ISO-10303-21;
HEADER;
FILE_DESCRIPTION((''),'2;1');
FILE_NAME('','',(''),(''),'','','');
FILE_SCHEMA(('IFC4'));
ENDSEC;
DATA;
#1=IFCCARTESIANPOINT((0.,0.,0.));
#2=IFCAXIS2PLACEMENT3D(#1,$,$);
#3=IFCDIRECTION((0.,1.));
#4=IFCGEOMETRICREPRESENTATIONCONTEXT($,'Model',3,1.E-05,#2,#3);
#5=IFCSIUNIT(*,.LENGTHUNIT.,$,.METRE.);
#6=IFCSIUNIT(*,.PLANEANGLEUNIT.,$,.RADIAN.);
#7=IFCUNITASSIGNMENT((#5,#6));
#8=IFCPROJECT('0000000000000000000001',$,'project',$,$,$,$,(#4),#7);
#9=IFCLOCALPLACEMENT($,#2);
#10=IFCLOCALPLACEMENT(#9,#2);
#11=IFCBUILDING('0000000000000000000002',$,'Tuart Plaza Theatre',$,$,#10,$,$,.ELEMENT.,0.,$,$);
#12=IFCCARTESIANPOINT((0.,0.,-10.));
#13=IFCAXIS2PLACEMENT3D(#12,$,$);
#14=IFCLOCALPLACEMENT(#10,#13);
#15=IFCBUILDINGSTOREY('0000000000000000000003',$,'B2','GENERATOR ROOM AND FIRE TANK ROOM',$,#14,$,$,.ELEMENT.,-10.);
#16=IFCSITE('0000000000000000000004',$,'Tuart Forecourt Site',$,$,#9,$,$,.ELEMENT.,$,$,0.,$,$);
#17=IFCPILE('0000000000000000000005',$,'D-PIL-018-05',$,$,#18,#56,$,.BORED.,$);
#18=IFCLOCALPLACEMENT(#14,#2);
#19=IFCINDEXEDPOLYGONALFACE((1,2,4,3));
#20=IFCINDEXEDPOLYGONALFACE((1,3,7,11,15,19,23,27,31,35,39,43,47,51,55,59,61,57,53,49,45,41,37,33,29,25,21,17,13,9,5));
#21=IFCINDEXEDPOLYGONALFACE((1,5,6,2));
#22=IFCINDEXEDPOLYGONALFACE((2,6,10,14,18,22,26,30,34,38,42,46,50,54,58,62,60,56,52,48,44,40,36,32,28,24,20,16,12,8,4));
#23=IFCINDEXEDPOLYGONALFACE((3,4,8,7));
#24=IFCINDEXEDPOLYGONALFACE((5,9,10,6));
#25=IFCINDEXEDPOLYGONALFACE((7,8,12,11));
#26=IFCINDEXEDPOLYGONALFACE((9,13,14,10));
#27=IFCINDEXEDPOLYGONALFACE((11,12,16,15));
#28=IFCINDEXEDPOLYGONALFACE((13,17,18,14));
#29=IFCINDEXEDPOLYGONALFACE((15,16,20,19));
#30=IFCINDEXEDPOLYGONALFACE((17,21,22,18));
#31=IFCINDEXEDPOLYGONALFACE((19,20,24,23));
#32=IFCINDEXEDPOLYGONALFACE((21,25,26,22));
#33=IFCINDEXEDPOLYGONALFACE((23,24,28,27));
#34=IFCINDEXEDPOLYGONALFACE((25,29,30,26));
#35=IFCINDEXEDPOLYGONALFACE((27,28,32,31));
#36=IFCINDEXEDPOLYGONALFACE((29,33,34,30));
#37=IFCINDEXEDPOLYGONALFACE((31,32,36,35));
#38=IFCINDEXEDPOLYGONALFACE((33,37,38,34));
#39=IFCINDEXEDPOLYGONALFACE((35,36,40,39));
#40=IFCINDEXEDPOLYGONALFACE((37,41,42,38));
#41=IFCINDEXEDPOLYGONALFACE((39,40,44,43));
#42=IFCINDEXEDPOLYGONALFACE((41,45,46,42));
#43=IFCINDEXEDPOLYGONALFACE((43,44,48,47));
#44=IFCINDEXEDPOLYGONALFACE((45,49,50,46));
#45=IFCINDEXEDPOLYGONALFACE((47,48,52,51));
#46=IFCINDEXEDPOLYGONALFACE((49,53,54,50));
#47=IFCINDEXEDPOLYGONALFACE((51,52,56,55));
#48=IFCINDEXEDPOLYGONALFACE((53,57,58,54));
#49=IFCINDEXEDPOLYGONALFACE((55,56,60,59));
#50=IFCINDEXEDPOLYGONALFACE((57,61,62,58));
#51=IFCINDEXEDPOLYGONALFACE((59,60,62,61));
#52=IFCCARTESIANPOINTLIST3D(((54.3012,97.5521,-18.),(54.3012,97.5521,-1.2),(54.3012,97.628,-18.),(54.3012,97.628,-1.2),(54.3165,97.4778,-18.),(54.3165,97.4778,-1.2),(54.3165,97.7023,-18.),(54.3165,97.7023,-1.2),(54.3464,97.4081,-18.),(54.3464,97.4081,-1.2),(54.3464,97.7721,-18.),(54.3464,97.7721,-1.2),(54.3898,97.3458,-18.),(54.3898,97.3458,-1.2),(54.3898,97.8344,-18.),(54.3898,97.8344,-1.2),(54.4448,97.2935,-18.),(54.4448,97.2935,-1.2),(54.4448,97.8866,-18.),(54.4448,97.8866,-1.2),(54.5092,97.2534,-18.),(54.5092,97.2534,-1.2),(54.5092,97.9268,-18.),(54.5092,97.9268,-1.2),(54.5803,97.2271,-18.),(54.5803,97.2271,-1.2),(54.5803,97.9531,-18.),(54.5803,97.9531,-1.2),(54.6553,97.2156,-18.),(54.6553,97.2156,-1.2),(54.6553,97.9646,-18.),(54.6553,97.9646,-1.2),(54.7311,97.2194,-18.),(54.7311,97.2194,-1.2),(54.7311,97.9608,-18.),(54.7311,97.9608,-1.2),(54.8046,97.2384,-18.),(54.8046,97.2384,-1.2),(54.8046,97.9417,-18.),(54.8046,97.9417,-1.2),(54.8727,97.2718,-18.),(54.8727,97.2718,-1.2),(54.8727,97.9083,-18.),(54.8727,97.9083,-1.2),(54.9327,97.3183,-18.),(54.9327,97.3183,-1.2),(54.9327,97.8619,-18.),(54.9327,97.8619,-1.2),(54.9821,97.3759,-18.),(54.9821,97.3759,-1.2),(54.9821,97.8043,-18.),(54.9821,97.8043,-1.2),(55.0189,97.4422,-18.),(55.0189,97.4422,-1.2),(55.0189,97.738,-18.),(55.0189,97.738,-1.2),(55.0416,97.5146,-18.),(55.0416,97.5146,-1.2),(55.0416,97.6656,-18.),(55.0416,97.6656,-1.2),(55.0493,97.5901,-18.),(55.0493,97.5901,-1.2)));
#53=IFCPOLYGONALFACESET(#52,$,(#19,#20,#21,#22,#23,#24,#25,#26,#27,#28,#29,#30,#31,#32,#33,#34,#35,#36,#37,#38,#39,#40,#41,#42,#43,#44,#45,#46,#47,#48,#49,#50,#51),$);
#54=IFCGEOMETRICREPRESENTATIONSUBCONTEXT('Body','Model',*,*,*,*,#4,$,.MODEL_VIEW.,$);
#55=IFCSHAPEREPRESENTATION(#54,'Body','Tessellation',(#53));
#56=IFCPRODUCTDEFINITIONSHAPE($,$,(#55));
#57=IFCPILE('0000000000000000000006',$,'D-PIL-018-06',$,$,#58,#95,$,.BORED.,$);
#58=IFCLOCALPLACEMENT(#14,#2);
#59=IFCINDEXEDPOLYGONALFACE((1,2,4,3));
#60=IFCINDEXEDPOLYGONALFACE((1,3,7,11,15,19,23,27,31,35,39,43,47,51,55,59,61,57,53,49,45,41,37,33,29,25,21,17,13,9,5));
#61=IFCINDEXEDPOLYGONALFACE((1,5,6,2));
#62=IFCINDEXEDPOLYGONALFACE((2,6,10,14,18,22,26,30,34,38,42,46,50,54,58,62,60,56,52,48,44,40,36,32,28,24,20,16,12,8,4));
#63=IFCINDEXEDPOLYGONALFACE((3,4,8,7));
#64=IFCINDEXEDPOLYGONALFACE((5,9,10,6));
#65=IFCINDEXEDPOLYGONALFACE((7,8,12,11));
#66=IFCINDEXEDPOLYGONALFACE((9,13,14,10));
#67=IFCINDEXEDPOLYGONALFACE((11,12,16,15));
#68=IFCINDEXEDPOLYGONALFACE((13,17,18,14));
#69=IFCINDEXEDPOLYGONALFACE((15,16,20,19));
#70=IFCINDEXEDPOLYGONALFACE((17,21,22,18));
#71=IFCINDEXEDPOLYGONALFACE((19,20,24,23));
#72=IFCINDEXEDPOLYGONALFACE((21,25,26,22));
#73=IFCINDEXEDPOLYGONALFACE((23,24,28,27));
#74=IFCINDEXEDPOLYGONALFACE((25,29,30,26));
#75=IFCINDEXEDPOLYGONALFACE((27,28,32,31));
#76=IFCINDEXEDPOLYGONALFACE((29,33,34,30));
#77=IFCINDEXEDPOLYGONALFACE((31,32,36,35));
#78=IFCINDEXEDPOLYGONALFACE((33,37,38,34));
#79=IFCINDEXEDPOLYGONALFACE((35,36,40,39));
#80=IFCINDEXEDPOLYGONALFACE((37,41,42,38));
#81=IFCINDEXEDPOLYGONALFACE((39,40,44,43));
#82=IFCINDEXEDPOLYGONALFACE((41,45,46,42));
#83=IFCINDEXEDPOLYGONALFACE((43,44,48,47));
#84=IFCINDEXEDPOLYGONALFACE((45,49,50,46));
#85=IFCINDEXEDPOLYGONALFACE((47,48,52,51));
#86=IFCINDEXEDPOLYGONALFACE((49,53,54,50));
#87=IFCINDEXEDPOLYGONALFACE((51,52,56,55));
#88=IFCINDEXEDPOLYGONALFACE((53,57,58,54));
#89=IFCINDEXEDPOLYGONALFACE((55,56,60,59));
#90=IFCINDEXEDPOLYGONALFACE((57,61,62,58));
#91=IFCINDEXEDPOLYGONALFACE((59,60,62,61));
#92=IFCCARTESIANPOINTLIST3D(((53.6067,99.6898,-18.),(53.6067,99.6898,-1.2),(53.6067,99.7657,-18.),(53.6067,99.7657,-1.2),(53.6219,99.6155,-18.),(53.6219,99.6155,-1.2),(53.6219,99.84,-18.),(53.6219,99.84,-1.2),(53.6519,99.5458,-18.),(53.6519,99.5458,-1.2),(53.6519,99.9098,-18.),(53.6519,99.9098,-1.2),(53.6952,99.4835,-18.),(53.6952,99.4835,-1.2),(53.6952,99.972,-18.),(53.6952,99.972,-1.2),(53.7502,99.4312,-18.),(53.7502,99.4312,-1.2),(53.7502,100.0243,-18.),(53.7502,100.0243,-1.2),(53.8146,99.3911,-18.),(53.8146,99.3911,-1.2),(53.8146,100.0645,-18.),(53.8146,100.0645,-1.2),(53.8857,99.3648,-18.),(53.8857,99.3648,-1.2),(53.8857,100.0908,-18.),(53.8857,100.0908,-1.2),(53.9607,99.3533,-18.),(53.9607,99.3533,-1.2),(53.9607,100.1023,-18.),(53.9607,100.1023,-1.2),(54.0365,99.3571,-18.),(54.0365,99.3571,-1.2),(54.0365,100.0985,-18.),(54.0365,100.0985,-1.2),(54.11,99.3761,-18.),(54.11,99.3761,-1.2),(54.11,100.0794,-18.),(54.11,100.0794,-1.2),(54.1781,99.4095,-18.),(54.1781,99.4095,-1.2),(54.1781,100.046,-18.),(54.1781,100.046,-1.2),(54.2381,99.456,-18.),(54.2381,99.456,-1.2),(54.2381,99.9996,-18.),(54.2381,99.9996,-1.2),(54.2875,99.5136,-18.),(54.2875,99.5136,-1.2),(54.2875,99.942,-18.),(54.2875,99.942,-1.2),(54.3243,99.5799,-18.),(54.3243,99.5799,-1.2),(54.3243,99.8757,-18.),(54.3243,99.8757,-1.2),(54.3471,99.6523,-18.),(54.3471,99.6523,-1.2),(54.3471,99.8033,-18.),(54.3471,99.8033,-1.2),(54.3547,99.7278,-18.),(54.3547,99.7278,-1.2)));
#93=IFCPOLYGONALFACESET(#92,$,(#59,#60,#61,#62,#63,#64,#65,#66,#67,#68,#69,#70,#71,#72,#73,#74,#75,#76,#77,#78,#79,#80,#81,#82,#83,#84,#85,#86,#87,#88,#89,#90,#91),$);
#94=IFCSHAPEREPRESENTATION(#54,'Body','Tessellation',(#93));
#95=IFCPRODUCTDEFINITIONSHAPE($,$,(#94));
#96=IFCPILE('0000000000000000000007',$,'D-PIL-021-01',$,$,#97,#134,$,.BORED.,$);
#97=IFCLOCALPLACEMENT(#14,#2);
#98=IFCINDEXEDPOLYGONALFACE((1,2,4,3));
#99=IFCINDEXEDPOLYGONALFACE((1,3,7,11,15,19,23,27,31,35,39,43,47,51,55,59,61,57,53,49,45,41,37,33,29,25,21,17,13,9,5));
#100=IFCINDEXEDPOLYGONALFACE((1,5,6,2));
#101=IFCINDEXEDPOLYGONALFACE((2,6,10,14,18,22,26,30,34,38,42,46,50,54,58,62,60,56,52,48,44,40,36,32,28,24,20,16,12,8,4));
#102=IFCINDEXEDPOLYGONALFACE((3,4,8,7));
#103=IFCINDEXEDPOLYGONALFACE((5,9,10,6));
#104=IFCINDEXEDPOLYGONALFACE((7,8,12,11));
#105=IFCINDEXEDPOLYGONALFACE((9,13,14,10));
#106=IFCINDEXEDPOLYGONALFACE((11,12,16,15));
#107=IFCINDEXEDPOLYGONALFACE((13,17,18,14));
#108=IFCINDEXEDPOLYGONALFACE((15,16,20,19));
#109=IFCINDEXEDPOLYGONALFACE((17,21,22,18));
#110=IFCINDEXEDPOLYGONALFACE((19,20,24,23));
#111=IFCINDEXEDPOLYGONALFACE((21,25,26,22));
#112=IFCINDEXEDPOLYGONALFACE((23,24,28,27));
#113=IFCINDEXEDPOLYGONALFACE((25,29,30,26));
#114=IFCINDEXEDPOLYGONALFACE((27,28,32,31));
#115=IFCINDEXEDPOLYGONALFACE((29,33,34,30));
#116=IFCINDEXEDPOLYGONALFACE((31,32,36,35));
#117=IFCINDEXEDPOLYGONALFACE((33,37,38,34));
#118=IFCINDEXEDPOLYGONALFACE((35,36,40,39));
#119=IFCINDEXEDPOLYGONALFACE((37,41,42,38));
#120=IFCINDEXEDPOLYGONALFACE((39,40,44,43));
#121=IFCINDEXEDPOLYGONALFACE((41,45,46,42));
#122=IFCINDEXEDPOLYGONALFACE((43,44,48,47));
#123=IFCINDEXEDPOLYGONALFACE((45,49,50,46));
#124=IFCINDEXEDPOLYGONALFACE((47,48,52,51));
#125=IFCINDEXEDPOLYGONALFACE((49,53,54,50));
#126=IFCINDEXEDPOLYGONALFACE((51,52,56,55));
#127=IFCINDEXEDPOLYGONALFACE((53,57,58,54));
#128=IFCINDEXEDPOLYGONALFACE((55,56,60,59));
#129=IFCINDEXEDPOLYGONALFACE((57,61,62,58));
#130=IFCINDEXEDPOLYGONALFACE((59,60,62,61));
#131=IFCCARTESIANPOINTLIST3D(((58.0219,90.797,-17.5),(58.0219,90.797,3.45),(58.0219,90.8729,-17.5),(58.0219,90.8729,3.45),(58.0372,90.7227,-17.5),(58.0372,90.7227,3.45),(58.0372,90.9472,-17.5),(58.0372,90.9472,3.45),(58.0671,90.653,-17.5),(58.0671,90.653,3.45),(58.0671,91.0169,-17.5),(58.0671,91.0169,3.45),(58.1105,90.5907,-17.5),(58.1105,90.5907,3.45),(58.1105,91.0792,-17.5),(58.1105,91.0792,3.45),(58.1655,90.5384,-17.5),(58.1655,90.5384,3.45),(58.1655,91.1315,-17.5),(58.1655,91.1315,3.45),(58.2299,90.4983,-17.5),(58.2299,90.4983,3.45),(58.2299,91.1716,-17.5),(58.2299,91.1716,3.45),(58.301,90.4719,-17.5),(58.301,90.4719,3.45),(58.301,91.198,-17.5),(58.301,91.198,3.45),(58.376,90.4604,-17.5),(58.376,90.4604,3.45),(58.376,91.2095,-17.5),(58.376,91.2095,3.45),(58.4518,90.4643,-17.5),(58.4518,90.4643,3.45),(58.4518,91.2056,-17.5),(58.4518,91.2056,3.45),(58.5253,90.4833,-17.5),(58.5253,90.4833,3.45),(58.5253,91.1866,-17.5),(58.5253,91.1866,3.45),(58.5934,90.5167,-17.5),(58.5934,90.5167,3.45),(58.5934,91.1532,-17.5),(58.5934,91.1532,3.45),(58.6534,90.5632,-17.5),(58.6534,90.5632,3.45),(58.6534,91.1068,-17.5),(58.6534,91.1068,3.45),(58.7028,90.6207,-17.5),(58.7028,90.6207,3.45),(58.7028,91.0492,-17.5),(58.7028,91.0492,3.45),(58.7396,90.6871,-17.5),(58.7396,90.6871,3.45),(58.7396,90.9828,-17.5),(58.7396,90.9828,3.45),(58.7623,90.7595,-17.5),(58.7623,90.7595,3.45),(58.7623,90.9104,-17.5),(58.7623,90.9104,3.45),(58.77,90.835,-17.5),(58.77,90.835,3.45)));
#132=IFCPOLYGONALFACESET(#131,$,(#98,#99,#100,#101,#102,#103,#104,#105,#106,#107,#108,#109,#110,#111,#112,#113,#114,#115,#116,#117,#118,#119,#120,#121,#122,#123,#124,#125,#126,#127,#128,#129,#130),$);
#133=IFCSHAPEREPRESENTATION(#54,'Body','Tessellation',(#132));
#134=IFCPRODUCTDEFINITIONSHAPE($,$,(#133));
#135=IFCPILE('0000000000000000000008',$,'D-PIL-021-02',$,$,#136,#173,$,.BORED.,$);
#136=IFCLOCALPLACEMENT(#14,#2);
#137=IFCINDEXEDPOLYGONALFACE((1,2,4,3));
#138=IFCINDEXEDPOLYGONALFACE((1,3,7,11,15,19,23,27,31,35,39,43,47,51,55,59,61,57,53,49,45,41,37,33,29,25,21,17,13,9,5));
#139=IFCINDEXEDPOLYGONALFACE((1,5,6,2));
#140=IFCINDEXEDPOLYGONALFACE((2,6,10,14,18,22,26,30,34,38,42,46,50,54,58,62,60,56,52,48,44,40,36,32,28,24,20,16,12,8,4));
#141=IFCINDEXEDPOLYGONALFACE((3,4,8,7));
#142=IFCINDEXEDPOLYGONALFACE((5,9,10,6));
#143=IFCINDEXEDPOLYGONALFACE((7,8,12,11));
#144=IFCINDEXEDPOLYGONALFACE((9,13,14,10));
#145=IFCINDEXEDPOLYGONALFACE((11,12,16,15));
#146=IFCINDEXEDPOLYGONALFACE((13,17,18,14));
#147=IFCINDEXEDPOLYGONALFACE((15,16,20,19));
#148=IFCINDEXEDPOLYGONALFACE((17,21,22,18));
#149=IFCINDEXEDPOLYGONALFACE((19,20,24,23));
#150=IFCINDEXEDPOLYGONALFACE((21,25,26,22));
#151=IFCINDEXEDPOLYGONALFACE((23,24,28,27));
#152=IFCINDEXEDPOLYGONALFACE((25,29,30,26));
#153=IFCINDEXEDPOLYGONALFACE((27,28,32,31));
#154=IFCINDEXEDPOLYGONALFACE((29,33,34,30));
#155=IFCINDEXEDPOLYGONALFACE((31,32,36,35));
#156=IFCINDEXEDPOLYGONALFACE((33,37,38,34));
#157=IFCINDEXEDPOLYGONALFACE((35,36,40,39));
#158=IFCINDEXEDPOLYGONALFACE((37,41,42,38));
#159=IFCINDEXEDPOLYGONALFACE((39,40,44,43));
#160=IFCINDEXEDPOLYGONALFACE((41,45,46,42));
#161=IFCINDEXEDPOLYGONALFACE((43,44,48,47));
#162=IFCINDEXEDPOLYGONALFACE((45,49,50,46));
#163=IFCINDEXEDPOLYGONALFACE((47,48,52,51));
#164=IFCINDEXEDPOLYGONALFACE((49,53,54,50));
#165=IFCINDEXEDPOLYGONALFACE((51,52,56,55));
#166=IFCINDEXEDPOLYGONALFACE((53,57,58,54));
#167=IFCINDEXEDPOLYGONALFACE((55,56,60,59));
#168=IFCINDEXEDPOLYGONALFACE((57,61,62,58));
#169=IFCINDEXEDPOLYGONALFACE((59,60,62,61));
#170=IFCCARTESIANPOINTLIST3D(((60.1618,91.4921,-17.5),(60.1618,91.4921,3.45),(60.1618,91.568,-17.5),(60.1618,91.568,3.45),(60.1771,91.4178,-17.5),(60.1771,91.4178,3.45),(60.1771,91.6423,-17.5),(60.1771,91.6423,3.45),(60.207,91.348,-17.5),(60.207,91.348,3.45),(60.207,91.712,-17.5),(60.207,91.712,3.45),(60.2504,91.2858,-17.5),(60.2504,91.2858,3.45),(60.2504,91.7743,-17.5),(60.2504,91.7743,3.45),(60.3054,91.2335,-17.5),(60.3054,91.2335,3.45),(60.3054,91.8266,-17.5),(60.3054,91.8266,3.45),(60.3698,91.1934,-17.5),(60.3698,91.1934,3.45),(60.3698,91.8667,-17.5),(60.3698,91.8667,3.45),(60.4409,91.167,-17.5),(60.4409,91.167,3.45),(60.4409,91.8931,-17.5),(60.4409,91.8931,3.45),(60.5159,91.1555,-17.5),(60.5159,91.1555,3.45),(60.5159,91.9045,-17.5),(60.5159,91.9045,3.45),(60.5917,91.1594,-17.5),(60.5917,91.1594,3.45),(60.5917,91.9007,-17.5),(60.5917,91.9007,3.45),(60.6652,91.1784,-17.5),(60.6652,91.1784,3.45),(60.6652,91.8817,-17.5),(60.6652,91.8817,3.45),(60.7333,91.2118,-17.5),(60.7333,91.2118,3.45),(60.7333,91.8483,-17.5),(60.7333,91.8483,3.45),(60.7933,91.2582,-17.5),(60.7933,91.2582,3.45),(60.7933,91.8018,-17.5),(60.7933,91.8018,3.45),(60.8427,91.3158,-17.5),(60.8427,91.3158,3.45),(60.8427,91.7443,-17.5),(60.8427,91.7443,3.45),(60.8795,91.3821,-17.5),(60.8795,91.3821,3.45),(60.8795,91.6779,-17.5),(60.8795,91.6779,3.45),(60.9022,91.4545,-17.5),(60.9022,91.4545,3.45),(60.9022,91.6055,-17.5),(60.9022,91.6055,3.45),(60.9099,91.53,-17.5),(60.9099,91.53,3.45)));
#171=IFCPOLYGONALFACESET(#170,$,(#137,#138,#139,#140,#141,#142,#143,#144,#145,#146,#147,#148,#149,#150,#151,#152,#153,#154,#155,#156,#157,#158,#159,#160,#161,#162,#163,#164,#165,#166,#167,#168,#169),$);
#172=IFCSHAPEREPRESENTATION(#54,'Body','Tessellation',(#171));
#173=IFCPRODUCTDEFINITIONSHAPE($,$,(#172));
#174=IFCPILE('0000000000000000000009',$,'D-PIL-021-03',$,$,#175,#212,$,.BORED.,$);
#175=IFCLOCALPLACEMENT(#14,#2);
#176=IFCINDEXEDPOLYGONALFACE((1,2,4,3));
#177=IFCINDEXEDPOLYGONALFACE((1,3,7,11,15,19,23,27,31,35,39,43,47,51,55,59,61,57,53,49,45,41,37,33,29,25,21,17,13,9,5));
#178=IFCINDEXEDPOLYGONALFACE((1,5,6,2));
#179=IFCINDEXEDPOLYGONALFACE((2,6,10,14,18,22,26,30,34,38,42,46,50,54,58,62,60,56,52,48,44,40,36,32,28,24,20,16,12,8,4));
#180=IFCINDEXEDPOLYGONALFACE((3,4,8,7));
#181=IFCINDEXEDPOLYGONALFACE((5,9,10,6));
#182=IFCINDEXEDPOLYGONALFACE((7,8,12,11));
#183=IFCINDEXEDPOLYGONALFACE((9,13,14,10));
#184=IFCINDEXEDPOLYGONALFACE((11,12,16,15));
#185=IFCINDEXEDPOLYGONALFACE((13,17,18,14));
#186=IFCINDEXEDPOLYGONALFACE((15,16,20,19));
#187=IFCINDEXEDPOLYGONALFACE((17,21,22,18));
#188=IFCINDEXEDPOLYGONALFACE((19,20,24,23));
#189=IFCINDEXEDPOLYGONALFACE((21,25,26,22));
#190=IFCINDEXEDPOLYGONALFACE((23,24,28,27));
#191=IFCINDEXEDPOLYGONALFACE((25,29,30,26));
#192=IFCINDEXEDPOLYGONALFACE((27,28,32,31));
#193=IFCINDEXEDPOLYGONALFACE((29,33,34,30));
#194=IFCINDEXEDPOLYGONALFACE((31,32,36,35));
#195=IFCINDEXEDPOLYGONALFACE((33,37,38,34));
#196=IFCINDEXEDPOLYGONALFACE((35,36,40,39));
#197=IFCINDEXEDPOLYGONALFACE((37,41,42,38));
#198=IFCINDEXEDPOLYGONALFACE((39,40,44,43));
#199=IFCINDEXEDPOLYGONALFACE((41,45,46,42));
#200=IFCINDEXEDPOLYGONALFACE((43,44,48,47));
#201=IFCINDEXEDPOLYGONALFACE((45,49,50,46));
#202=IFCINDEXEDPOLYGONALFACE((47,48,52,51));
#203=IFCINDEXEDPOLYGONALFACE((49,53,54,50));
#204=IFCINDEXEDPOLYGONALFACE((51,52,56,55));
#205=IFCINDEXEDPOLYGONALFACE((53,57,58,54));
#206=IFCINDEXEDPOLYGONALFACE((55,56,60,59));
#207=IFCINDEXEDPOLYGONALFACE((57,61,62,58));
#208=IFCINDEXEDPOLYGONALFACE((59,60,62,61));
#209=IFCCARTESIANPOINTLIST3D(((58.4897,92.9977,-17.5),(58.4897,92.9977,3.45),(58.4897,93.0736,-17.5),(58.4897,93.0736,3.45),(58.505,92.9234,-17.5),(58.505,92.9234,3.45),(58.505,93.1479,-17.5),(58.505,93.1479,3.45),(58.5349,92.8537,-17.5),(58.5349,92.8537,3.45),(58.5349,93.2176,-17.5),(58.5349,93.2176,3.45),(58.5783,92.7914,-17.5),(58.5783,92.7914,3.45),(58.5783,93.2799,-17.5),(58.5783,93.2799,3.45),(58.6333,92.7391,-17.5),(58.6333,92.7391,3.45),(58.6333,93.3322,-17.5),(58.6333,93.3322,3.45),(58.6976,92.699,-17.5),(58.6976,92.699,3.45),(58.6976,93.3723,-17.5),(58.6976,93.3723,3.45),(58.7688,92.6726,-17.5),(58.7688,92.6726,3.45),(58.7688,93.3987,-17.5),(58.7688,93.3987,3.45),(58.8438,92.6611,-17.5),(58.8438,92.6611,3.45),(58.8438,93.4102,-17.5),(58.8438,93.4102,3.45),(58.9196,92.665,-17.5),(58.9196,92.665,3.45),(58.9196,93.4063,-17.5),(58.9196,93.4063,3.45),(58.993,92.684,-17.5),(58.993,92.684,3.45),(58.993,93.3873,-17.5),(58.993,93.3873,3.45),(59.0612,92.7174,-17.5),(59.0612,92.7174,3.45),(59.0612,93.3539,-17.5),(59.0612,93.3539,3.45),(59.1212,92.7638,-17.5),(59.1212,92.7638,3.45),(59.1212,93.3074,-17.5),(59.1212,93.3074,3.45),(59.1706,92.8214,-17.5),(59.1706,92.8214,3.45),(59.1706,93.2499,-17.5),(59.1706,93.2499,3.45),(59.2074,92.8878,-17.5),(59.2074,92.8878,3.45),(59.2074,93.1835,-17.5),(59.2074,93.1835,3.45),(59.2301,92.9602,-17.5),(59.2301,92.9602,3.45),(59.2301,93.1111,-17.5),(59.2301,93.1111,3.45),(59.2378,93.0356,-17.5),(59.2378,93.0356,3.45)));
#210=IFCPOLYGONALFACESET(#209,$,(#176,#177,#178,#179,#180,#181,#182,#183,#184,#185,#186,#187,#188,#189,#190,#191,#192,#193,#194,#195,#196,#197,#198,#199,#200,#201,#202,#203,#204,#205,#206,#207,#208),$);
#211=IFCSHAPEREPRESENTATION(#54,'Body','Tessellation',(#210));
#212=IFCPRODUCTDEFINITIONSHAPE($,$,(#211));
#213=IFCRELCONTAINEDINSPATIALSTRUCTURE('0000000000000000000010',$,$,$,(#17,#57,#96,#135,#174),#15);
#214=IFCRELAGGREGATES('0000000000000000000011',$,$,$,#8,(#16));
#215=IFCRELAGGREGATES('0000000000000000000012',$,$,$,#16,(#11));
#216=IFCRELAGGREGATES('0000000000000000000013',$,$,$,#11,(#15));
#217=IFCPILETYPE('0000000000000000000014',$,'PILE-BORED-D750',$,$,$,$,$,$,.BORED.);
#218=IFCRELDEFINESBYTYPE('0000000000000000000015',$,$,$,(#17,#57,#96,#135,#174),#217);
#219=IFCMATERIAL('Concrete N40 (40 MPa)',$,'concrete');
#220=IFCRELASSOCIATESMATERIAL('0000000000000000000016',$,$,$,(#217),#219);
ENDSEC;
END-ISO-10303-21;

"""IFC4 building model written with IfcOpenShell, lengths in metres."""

from ifc_helpers import new_model, si_unit, direction, frame, origin, origin_2d, place, context, subcontext, project, spatial, circle, extrude, material, material_profile, profile_set, type_object, element, save


model = new_model("IFC4")

# Units and contexts
model_context = context("Model", 3, precision=1e-05, world=origin(), true_north=direction((0.0, 1.0)))
body_context = subcontext(model_context, "Body", "Model", "MODEL_VIEW")
ifc_project = project(units=[si_unit("LENGTHUNIT", "METRE"), si_unit("PLANEANGLEUNIT", "RADIAN")], contexts=[model_context])

# Site, building, storey
site_placement = place(None, origin())
site = spatial("IfcSite", under=ifc_project, at=site_placement, Name="Tuart Forecourt Site", CompositionType="ELEMENT", RefElevation=0.0)
building_placement = place(site_placement, origin())
building = spatial("IfcBuilding", under=site, at=building_placement, Name="Tuart Plaza Theatre", CompositionType="ELEMENT", ElevationOfRefHeight=0.0)
storey_placement = place(building_placement, frame((0.0, 0.0, -10.0)))
storey = spatial("IfcBuildingStorey", under=building, at=storey_placement, Name="B2", Description="GENERATOR ROOM AND FIRE TANK ROOM", CompositionType="ELEMENT", Elevation=-10.0)

# Piles
ifc_material_1 = material(Name="Concrete N40 (40 MPa)", Category="concrete")
ifc_material_profile_1 = material_profile(ifc_material_1, circle(Radius=0.375, at=origin_2d()), Name="PILE-BORED-D750")
ifc_profile_set_1 = profile_set([ifc_material_profile_1], Name="Concrete N40 (40 MPa)")
pile_type_1 = type_object("IfcPileType", Name="PILE-BORED-D750", PredefinedType="BORED", material=ifc_profile_set_1)
for number, where, z_axis, x_axis, name in (
    (1, (54.6743, 97.5901, -1.2), (0.0, 0.0, -1.0), (1.0, 0.0, 0.0), "D-PIL-018-05"),
    (2, (53.9797, 99.7278, -1.2), (0.0, 0.0, -1.0), (1.0, 0.0, 0.0), "D-PIL-018-06"),
):
    element("IfcPile", number, at=place(storey_placement, frame(where, z_axis=z_axis, x_axis=x_axis)), inside=storey, type_object=pile_type_1, Name=name, PredefinedType="BORED", context=body_context, shape_type="SweptSolid", body=[
        extrude(circle(Radius=0.375, at=origin_2d()), origin(), (0.0, 0.0, 1.0), 16.8),
    ])
for number, where, z_axis, x_axis, name in (
    (3, (58.395, 90.835, 3.45), (0.0, 0.0, -1.0), (1.0, 0.0, 0.0), "D-PIL-021-01"),
    (4, (60.5349, 91.53, 3.45), (0.0, 0.0, -1.0), (1.0, 0.0, 0.0), "D-PIL-021-02"),
    (5, (58.8628, 93.0356, 3.45), (0.0, 0.0, -1.0), (1.0, 0.0, 0.0), "D-PIL-021-03"),
):
    element("IfcPile", number, at=place(storey_placement, frame(where, z_axis=z_axis, x_axis=x_axis)), inside=storey, type_object=pile_type_1, Name=name, PredefinedType="BORED", context=body_context, shape_type="SweptSolid", body=[
        extrude(circle(Radius=0.375, at=origin_2d()), origin(), (0.0, 0.0, 1.0), 20.95),
    ])

save(model, "model.ifc")
